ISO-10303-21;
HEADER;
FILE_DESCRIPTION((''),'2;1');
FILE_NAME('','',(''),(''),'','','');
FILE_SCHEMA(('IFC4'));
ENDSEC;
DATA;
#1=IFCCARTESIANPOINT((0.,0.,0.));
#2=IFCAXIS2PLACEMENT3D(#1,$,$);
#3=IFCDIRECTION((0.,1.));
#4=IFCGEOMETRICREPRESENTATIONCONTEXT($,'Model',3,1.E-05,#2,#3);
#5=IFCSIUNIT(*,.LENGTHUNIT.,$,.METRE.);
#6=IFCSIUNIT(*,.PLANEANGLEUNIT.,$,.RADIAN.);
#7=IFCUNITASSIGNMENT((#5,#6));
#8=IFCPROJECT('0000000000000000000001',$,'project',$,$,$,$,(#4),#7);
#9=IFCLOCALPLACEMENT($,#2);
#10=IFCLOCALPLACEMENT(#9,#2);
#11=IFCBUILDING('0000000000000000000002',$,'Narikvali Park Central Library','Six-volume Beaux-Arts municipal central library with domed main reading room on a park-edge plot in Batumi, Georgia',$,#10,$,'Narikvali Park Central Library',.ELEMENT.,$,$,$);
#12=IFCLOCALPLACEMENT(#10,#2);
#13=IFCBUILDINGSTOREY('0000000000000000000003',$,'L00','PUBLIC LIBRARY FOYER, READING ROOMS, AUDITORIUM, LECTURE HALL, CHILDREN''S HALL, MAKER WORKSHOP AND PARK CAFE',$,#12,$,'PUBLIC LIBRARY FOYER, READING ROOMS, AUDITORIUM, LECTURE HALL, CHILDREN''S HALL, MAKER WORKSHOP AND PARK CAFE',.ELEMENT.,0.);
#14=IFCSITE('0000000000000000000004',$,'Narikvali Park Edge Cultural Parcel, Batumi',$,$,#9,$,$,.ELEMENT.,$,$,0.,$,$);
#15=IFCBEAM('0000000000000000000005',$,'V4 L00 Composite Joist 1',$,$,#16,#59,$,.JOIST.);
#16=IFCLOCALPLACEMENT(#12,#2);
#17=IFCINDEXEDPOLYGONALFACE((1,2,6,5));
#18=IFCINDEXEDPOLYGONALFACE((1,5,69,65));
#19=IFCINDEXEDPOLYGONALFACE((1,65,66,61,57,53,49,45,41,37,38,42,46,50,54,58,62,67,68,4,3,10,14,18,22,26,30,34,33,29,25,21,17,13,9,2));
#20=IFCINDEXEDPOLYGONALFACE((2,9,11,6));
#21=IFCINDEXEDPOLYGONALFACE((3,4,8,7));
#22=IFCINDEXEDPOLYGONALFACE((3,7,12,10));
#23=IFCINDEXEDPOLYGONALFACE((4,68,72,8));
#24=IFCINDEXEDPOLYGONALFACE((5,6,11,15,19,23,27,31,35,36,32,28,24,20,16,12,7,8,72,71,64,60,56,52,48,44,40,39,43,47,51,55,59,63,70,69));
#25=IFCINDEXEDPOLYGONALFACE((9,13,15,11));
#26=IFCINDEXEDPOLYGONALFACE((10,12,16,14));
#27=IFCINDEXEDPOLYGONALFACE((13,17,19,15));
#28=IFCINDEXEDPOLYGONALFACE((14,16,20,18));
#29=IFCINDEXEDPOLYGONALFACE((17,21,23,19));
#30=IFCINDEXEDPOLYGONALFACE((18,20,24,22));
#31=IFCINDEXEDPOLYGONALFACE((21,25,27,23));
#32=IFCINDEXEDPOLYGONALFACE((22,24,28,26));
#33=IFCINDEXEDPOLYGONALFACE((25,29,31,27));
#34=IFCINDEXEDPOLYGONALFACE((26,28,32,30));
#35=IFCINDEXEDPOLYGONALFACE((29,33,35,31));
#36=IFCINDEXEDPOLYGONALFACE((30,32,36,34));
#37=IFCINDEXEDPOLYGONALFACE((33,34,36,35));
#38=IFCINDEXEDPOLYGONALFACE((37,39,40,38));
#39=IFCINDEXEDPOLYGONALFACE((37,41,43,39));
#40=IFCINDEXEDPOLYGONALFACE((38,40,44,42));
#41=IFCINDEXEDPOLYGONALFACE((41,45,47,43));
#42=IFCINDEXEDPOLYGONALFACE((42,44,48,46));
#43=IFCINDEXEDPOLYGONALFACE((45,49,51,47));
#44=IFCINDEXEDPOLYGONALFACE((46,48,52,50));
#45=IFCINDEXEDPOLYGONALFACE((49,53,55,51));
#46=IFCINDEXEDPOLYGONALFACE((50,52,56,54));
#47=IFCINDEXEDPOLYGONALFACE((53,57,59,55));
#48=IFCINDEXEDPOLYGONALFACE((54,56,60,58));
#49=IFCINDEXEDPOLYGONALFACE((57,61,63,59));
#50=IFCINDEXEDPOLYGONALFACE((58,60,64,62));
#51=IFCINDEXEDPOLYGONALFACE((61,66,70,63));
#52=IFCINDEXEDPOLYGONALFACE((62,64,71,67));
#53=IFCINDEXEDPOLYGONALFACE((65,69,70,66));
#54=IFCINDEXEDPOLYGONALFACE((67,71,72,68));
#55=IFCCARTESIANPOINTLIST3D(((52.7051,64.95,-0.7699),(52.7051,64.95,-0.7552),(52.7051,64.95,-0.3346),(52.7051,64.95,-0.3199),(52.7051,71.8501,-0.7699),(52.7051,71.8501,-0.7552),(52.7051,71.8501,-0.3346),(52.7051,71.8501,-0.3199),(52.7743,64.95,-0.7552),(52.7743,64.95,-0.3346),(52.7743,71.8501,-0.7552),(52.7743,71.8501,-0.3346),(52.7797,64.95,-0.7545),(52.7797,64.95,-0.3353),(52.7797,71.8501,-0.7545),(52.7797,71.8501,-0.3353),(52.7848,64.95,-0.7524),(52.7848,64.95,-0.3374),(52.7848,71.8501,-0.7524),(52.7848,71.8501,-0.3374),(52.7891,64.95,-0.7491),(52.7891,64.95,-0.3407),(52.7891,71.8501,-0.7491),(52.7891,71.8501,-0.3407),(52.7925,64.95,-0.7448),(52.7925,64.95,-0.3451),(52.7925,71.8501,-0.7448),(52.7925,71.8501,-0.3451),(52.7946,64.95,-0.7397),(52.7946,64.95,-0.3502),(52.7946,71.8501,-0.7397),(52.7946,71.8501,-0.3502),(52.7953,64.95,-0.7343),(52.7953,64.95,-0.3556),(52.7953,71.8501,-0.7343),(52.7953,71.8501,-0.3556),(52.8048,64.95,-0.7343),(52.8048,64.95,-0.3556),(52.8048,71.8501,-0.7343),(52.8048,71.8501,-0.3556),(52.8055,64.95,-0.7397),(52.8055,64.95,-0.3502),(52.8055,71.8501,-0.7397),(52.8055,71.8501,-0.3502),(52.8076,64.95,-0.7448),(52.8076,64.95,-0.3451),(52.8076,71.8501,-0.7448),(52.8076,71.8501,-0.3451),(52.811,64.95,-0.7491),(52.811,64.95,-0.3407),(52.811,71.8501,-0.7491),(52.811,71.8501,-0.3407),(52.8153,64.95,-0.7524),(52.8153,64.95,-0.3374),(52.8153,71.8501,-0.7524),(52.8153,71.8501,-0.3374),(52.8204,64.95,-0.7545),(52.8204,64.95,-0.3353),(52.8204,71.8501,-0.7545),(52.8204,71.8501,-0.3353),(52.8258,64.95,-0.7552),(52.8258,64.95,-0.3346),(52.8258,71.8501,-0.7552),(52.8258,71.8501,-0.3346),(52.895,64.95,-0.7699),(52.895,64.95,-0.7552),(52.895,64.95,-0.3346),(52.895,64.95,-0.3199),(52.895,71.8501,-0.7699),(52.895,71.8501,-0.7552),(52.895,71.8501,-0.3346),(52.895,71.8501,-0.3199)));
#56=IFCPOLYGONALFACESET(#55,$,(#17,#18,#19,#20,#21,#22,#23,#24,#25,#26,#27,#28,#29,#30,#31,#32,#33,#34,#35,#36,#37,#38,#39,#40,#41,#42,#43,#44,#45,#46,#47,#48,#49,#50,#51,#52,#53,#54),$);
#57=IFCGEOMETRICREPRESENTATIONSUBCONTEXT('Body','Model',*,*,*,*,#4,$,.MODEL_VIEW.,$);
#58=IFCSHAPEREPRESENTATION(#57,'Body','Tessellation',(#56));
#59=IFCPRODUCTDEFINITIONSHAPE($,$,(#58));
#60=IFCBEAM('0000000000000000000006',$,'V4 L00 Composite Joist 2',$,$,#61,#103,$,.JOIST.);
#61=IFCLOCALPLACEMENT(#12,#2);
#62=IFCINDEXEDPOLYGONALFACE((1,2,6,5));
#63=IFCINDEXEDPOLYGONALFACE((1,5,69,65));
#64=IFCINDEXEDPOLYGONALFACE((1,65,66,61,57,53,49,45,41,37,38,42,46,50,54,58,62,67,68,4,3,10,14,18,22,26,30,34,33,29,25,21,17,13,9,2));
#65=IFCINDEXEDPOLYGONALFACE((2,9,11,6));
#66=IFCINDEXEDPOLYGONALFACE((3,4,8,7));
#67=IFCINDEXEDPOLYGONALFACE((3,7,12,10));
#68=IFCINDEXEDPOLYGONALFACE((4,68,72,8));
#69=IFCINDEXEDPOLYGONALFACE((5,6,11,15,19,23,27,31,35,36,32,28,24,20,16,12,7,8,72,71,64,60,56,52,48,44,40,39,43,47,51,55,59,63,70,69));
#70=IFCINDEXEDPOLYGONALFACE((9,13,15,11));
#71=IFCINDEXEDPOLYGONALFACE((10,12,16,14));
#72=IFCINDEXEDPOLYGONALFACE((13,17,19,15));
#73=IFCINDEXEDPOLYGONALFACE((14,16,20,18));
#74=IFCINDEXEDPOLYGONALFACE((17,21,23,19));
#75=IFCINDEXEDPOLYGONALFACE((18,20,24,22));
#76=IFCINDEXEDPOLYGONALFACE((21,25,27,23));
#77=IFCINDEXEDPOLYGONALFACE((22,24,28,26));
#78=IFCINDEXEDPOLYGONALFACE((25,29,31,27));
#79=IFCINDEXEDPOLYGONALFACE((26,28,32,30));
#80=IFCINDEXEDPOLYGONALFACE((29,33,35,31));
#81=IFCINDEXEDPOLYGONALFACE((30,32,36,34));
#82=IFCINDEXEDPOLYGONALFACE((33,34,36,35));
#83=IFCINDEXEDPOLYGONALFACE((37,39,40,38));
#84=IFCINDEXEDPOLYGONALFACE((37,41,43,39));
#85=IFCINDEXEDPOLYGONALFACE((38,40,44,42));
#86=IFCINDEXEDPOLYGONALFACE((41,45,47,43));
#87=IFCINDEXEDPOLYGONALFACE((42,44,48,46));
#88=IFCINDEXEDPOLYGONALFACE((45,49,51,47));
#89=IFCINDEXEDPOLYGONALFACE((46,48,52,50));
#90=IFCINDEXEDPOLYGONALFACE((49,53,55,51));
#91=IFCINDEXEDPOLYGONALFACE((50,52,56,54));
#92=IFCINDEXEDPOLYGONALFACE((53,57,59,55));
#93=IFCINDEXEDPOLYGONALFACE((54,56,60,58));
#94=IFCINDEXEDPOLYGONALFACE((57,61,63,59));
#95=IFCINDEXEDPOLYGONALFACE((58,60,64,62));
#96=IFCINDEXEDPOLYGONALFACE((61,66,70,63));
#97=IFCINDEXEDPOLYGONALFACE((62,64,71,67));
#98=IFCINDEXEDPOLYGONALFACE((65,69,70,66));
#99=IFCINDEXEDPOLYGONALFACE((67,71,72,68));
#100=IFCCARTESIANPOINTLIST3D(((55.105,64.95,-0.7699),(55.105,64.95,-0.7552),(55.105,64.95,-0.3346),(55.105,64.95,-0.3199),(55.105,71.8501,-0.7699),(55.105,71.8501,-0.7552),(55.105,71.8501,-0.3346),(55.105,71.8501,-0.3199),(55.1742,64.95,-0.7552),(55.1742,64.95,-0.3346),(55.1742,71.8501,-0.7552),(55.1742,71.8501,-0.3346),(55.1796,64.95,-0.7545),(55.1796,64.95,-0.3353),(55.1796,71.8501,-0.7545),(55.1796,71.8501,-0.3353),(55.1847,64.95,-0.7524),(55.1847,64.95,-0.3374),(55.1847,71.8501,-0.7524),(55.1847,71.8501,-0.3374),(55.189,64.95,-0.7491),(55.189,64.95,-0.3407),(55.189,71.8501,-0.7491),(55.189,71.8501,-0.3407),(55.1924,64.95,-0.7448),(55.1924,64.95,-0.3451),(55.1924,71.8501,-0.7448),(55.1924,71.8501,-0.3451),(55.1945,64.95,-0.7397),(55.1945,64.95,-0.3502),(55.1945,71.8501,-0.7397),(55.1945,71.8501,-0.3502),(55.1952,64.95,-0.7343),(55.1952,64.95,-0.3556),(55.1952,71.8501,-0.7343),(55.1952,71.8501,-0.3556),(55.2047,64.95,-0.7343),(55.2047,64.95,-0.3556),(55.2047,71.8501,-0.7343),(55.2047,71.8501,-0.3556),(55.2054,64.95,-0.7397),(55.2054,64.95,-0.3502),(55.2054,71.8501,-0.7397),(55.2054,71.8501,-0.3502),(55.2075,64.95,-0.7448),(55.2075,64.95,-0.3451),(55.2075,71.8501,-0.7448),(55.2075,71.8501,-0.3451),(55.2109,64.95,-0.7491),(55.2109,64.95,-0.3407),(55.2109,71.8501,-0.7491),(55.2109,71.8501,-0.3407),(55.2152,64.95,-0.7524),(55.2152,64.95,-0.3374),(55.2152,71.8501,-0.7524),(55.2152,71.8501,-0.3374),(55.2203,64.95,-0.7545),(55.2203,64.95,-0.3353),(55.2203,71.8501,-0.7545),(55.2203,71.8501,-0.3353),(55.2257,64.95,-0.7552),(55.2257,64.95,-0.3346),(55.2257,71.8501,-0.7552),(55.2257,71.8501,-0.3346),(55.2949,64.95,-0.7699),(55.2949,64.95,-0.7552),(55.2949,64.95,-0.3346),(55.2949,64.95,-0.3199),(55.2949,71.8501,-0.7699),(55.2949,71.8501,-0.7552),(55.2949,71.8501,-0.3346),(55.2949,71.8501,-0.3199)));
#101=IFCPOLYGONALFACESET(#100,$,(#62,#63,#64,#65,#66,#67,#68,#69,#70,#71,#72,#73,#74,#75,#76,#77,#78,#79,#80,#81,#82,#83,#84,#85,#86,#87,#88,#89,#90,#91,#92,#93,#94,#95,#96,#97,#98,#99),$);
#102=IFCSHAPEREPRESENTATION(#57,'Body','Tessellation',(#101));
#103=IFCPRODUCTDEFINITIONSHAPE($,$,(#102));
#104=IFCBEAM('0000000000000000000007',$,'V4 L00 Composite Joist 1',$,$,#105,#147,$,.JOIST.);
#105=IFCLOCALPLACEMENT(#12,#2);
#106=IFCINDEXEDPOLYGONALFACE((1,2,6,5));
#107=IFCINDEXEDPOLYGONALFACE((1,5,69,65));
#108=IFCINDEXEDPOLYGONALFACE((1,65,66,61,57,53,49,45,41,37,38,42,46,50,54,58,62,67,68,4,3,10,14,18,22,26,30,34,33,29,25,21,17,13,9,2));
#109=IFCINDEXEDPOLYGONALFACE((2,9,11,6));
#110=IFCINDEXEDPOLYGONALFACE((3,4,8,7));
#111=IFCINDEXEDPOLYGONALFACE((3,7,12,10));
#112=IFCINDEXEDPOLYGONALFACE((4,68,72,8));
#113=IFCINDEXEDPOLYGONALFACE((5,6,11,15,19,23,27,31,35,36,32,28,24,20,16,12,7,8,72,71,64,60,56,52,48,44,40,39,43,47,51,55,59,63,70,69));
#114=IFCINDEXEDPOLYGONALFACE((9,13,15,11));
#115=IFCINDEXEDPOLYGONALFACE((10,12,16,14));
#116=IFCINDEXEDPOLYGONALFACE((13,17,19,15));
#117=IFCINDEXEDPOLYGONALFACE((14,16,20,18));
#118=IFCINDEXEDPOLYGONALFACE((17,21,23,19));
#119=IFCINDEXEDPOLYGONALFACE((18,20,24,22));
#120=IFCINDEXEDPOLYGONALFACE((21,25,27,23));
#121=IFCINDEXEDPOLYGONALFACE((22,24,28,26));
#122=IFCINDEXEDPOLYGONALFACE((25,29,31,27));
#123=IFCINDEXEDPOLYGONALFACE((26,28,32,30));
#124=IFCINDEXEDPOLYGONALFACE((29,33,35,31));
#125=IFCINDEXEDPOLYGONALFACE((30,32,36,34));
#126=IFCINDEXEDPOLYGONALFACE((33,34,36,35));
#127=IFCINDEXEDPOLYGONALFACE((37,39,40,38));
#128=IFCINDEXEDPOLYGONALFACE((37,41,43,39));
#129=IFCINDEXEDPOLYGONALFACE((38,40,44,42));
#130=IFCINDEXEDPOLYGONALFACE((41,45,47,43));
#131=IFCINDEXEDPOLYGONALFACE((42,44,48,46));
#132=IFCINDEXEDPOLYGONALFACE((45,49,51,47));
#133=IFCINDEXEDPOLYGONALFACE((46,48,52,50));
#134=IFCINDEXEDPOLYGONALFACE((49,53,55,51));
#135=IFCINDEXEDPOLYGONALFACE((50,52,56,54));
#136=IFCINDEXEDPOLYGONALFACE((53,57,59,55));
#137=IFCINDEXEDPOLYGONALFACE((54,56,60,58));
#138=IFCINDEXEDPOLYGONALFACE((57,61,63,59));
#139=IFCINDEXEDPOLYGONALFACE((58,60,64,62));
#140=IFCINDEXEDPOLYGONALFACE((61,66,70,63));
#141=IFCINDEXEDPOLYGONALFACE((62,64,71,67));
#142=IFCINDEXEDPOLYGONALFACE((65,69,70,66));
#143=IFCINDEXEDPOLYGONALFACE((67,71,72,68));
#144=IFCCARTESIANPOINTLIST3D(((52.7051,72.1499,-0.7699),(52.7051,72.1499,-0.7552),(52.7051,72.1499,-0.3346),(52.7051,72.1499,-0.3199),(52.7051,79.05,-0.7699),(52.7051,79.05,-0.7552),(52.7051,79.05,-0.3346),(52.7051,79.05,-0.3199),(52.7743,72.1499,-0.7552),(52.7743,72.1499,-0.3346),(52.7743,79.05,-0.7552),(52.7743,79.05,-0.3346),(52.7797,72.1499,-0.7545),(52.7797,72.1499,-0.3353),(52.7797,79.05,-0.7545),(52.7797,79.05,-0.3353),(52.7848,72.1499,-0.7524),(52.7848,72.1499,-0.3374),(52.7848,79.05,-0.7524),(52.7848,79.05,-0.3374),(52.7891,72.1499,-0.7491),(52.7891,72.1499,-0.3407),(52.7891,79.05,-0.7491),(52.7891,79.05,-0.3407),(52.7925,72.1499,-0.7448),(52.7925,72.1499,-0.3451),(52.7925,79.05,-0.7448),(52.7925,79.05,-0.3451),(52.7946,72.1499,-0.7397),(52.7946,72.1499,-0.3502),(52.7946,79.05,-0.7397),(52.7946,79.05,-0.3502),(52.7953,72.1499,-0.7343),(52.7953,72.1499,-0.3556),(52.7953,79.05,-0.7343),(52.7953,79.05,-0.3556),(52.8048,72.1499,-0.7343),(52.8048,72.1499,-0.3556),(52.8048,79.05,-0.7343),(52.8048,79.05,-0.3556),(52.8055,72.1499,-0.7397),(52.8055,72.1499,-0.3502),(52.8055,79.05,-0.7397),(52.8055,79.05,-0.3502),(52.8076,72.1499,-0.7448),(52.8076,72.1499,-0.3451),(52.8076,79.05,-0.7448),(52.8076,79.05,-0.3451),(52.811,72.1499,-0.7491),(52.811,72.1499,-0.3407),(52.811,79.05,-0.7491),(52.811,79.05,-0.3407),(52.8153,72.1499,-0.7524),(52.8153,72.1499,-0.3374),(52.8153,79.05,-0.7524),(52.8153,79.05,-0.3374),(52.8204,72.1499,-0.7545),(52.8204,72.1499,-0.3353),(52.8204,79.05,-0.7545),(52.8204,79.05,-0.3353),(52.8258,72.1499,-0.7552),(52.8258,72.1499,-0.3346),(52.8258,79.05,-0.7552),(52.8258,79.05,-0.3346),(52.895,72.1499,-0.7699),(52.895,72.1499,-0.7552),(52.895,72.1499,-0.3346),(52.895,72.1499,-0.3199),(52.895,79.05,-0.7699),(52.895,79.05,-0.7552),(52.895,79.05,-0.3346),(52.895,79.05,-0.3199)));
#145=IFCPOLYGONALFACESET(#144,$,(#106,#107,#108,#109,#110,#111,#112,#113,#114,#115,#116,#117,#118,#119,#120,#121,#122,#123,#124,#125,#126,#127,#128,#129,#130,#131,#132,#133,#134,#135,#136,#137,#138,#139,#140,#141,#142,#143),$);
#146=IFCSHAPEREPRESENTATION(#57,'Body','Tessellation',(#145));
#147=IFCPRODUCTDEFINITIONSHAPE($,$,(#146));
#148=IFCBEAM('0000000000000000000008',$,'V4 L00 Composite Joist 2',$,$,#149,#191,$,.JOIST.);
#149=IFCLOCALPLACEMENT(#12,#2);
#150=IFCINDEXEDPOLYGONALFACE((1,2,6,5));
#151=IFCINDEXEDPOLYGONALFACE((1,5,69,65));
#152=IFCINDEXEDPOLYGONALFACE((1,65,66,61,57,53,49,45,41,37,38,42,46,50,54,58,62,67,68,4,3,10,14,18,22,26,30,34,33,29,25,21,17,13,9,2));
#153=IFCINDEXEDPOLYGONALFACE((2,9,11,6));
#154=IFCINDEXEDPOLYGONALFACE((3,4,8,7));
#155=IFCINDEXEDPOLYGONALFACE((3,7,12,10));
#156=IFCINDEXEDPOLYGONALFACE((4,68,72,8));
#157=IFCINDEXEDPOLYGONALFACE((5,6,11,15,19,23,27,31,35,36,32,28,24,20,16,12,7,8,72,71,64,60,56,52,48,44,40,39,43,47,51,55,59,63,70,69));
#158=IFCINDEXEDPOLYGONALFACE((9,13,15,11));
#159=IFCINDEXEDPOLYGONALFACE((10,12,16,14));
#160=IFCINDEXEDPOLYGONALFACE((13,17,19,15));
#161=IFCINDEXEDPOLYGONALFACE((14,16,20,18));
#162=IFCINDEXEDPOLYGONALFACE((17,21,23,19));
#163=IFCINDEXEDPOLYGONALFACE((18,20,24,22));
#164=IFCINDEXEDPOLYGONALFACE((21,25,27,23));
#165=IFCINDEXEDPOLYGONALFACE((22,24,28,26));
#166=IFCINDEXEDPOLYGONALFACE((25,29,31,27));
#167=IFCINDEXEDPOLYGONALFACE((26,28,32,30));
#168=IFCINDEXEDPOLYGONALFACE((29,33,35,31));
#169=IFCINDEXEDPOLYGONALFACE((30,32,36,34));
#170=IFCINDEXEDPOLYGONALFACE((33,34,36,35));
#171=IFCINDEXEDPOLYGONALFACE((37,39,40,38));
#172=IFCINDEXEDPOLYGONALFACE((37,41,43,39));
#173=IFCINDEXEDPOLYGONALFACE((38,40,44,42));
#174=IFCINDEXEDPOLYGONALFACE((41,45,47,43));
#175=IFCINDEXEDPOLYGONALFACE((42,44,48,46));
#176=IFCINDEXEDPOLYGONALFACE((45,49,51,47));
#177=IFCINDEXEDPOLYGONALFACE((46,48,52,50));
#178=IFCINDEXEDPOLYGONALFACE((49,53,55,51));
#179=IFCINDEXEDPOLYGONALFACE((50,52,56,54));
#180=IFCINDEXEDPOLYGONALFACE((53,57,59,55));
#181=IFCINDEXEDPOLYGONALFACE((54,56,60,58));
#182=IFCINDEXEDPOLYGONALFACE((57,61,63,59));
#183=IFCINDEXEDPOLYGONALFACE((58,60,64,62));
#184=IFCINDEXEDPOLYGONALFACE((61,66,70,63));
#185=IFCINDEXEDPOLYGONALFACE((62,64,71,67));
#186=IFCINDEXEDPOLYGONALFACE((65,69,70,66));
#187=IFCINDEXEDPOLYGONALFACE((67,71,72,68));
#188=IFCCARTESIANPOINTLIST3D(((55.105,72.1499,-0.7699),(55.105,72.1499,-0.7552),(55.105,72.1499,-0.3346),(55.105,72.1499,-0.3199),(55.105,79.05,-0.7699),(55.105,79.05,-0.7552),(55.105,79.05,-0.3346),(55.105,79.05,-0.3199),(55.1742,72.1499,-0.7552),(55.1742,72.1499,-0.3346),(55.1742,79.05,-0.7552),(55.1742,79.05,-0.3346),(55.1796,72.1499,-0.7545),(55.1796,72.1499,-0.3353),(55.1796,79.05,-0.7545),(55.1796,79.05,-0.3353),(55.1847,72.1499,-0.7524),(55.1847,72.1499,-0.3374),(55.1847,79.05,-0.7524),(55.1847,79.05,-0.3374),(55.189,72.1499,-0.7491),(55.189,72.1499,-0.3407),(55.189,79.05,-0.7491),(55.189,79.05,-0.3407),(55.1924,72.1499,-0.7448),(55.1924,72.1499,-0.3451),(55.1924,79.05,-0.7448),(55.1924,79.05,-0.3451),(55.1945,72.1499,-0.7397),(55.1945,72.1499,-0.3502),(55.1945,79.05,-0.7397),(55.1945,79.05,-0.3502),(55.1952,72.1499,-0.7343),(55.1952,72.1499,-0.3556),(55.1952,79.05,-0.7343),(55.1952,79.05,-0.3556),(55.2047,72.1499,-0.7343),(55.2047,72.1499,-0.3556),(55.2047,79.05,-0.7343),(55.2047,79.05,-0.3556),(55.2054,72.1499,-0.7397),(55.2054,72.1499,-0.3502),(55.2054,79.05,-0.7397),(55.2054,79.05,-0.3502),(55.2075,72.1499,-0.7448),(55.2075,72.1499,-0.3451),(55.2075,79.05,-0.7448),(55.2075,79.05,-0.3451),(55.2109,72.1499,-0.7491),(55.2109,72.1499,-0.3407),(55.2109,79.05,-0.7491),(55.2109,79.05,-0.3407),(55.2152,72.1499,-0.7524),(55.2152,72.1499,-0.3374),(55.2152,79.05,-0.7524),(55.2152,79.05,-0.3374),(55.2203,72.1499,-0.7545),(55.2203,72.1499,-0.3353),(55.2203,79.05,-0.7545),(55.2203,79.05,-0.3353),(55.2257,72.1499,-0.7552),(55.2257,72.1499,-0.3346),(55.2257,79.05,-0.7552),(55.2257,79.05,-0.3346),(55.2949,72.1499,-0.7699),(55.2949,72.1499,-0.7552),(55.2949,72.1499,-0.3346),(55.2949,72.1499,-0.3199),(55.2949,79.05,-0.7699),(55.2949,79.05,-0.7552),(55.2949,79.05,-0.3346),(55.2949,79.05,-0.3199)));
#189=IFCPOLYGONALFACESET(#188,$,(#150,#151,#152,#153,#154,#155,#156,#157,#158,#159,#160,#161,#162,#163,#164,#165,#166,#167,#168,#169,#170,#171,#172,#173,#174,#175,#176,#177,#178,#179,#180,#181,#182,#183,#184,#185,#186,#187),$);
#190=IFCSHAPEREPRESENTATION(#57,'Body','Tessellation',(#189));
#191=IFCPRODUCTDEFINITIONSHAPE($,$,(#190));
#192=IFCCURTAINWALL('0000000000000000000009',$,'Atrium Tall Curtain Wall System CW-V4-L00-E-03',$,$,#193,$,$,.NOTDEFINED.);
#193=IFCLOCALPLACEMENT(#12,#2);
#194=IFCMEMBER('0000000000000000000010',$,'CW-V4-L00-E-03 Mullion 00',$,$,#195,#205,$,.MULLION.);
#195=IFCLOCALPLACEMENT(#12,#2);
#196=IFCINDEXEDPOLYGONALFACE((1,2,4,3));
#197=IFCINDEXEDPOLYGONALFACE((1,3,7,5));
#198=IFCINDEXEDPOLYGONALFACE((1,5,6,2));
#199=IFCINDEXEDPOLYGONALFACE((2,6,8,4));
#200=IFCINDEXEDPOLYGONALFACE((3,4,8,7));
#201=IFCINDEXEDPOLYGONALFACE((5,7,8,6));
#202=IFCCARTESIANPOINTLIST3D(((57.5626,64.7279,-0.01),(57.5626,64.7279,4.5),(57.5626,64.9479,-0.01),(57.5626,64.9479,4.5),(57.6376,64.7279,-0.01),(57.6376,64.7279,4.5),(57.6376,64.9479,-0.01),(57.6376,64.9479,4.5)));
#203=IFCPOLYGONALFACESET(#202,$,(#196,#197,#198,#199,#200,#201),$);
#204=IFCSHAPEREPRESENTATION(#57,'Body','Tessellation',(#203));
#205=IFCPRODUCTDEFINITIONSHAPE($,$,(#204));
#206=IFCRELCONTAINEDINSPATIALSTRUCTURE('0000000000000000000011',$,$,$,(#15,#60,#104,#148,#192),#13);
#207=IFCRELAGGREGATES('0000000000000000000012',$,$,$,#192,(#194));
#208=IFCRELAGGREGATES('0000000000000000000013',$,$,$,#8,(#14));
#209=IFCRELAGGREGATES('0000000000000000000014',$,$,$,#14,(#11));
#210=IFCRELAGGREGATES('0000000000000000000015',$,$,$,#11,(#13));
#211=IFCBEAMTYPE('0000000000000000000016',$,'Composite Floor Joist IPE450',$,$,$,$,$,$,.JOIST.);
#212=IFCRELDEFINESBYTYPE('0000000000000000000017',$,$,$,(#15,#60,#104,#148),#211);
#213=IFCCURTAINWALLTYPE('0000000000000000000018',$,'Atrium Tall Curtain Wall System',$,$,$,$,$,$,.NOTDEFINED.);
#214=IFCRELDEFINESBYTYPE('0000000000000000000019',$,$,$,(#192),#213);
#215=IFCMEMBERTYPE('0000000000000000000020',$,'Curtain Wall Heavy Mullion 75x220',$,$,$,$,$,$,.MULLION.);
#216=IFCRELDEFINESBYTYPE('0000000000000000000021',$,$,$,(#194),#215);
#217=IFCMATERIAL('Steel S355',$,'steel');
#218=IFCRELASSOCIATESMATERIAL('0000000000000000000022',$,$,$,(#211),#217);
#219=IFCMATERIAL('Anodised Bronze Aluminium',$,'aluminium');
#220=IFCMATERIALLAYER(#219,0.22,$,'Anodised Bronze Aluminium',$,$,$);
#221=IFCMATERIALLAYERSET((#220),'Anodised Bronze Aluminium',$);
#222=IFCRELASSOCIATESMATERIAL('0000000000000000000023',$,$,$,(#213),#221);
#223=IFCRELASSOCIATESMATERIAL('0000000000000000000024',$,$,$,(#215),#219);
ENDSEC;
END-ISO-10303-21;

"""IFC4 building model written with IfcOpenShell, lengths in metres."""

from ifc_helpers import new_model, si_unit, direction, frame, origin, origin_2d, place, context, subcontext, project, spatial, rectangle, i_section, extrude, material, layer, layer_set, material_profile, profile_set, type_object, element, aggregate, save


model = new_model("IFC4")

# Units and contexts
model_context = context("Model", 3, precision=1e-05, world=origin(), true_north=direction((0.0, 1.0)))
body_context = subcontext(model_context, "Body", "Model", "MODEL_VIEW")
ifc_project = project(units=[si_unit("LENGTHUNIT", "METRE"), si_unit("PLANEANGLEUNIT", "RADIAN")], contexts=[model_context])

# Site, building, storey
site_placement = place(None, origin())
site = spatial("IfcSite", under=ifc_project, at=site_placement, Name="Narikvali Park Edge Cultural Parcel, Batumi", CompositionType="ELEMENT", RefElevation=0.0)
building_placement = place(site_placement, origin())
building = spatial("IfcBuilding", under=site, at=building_placement, Name="Narikvali Park Central Library", Description="Six-volume Beaux-Arts municipal central library with domed main reading room on a park-edge plot in Batumi, Georgia", LongName="Narikvali Park Central Library", CompositionType="ELEMENT")
storey_placement = place(building_placement, origin())
storey = spatial("IfcBuildingStorey", under=building, at=storey_placement, Name="L00", Description="PUBLIC LIBRARY FOYER, READING ROOMS, AUDITORIUM, LECTURE HALL, CHILDREN'S HALL, MAKER WORKSHOP AND PARK CAFE", LongName="PUBLIC LIBRARY FOYER, READING ROOMS, AUDITORIUM, LECTURE HALL, CHILDREN'S HALL, MAKER WORKSHOP AND PARK CAFE", CompositionType="ELEMENT", Elevation=0.0)

# Shared definitions
ifc_material_1 = material(Name="Steel S355", Category="steel")

# Beams
ifc_material_profile_1 = material_profile(ifc_material_1, i_section(OverallWidth=0.1899, OverallDepth=0.45, WebThickness=0.0095, FlangeThickness=0.0146, FilletRadius=0.021, at=origin_2d()), Name="IPE 450")
ifc_profile_set_1 = profile_set([ifc_material_profile_1], Name="Steel S355")
beam_type_1 = type_object("IfcBeamType", Name="Composite Floor Joist IPE450", PredefinedType="JOIST", material=ifc_profile_set_1)
for number, where, z_axis, x_axis, name in (
    (1, (52.8, 64.95, -0.5449), (0.0, 1.0, 0.0), (-1.0, 0.0, 0.0), "V4 L00 Composite Joist 1"),
    (2, (55.2, 64.95, -0.5449), (0.0, 1.0, 0.0), (-1.0, 0.0, 0.0), "V4 L00 Composite Joist 2"),
    (3, (52.8, 72.1499, -0.5449), (0.0, 1.0, 0.0), (-1.0, 0.0, 0.0), "V4 L00 Composite Joist 1"),
    (4, (55.2, 72.1499, -0.5449), (0.0, 1.0, 0.0), (-1.0, 0.0, 0.0), "V4 L00 Composite Joist 2"),
):
    element("IfcBeam", number, at=place(storey_placement, frame(where, z_axis=z_axis, x_axis=x_axis)), inside=storey, type_object=beam_type_1, Name=name, PredefinedType="JOIST", context=body_context, shape_type="SweptSolid", body=[
        extrude(i_section(OverallWidth=0.1899, OverallDepth=0.45, WebThickness=0.0095, FlangeThickness=0.0146, FilletRadius=0.021, at=origin_2d()), origin(), (0.0, 0.0, 1.0), 6.9001),
    ])

# Curtain wall, member
ifc_material_2 = material(Name="Anodised Bronze Aluminium", Category="aluminium")
ifc_layer_1 = layer(ifc_material_2, 0.22, Name="Anodised Bronze Aluminium")
ifc_layer_set_1 = layer_set([ifc_layer_1], Name="Anodised Bronze Aluminium")
curtain_wall_type = type_object("IfcCurtainWallType", Name="Atrium Tall Curtain Wall System", PredefinedType="NOTDEFINED", material=ifc_layer_set_1)
curtain_wall_placement = place(storey_placement, origin())
curtain_wall = element("IfcCurtainWall", 5, at=curtain_wall_placement, inside=storey, type_object=curtain_wall_type, Name="Atrium Tall Curtain Wall System CW-V4-L00-E-03", PredefinedType="NOTDEFINED")
ifc_material_profile_2 = material_profile(ifc_material_2, rectangle(XDim=0.075, YDim=0.22, at=origin_2d()), Name="CW MULLION 75x220")
ifc_profile_set_2 = profile_set([ifc_material_profile_2], Name="Anodised Bronze Aluminium")
member_type_1 = type_object("IfcMemberType", Name="Curtain Wall Heavy Mullion 75x220", PredefinedType="MULLION", material=ifc_profile_set_2)
member_1_placement = place(storey_placement, frame((57.6001, 64.8379, -0.01), z_axis=(0.0, 0.0, 1.0), x_axis=(1.0, 0.0, 0.0)))
member_1 = element("IfcMember", 6, at=member_1_placement, type_object=member_type_1, Name="CW-V4-L00-E-03 Mullion 00", PredefinedType="MULLION", context=body_context, shape_type="SweptSolid", body=[
    extrude(rectangle(XDim=0.075, YDim=0.22, at=origin_2d()), origin(), (0.0, 0.0, 1.0), 4.51),
])

aggregate(curtain_wall, [member_1])

save(model, "model.ifc")
